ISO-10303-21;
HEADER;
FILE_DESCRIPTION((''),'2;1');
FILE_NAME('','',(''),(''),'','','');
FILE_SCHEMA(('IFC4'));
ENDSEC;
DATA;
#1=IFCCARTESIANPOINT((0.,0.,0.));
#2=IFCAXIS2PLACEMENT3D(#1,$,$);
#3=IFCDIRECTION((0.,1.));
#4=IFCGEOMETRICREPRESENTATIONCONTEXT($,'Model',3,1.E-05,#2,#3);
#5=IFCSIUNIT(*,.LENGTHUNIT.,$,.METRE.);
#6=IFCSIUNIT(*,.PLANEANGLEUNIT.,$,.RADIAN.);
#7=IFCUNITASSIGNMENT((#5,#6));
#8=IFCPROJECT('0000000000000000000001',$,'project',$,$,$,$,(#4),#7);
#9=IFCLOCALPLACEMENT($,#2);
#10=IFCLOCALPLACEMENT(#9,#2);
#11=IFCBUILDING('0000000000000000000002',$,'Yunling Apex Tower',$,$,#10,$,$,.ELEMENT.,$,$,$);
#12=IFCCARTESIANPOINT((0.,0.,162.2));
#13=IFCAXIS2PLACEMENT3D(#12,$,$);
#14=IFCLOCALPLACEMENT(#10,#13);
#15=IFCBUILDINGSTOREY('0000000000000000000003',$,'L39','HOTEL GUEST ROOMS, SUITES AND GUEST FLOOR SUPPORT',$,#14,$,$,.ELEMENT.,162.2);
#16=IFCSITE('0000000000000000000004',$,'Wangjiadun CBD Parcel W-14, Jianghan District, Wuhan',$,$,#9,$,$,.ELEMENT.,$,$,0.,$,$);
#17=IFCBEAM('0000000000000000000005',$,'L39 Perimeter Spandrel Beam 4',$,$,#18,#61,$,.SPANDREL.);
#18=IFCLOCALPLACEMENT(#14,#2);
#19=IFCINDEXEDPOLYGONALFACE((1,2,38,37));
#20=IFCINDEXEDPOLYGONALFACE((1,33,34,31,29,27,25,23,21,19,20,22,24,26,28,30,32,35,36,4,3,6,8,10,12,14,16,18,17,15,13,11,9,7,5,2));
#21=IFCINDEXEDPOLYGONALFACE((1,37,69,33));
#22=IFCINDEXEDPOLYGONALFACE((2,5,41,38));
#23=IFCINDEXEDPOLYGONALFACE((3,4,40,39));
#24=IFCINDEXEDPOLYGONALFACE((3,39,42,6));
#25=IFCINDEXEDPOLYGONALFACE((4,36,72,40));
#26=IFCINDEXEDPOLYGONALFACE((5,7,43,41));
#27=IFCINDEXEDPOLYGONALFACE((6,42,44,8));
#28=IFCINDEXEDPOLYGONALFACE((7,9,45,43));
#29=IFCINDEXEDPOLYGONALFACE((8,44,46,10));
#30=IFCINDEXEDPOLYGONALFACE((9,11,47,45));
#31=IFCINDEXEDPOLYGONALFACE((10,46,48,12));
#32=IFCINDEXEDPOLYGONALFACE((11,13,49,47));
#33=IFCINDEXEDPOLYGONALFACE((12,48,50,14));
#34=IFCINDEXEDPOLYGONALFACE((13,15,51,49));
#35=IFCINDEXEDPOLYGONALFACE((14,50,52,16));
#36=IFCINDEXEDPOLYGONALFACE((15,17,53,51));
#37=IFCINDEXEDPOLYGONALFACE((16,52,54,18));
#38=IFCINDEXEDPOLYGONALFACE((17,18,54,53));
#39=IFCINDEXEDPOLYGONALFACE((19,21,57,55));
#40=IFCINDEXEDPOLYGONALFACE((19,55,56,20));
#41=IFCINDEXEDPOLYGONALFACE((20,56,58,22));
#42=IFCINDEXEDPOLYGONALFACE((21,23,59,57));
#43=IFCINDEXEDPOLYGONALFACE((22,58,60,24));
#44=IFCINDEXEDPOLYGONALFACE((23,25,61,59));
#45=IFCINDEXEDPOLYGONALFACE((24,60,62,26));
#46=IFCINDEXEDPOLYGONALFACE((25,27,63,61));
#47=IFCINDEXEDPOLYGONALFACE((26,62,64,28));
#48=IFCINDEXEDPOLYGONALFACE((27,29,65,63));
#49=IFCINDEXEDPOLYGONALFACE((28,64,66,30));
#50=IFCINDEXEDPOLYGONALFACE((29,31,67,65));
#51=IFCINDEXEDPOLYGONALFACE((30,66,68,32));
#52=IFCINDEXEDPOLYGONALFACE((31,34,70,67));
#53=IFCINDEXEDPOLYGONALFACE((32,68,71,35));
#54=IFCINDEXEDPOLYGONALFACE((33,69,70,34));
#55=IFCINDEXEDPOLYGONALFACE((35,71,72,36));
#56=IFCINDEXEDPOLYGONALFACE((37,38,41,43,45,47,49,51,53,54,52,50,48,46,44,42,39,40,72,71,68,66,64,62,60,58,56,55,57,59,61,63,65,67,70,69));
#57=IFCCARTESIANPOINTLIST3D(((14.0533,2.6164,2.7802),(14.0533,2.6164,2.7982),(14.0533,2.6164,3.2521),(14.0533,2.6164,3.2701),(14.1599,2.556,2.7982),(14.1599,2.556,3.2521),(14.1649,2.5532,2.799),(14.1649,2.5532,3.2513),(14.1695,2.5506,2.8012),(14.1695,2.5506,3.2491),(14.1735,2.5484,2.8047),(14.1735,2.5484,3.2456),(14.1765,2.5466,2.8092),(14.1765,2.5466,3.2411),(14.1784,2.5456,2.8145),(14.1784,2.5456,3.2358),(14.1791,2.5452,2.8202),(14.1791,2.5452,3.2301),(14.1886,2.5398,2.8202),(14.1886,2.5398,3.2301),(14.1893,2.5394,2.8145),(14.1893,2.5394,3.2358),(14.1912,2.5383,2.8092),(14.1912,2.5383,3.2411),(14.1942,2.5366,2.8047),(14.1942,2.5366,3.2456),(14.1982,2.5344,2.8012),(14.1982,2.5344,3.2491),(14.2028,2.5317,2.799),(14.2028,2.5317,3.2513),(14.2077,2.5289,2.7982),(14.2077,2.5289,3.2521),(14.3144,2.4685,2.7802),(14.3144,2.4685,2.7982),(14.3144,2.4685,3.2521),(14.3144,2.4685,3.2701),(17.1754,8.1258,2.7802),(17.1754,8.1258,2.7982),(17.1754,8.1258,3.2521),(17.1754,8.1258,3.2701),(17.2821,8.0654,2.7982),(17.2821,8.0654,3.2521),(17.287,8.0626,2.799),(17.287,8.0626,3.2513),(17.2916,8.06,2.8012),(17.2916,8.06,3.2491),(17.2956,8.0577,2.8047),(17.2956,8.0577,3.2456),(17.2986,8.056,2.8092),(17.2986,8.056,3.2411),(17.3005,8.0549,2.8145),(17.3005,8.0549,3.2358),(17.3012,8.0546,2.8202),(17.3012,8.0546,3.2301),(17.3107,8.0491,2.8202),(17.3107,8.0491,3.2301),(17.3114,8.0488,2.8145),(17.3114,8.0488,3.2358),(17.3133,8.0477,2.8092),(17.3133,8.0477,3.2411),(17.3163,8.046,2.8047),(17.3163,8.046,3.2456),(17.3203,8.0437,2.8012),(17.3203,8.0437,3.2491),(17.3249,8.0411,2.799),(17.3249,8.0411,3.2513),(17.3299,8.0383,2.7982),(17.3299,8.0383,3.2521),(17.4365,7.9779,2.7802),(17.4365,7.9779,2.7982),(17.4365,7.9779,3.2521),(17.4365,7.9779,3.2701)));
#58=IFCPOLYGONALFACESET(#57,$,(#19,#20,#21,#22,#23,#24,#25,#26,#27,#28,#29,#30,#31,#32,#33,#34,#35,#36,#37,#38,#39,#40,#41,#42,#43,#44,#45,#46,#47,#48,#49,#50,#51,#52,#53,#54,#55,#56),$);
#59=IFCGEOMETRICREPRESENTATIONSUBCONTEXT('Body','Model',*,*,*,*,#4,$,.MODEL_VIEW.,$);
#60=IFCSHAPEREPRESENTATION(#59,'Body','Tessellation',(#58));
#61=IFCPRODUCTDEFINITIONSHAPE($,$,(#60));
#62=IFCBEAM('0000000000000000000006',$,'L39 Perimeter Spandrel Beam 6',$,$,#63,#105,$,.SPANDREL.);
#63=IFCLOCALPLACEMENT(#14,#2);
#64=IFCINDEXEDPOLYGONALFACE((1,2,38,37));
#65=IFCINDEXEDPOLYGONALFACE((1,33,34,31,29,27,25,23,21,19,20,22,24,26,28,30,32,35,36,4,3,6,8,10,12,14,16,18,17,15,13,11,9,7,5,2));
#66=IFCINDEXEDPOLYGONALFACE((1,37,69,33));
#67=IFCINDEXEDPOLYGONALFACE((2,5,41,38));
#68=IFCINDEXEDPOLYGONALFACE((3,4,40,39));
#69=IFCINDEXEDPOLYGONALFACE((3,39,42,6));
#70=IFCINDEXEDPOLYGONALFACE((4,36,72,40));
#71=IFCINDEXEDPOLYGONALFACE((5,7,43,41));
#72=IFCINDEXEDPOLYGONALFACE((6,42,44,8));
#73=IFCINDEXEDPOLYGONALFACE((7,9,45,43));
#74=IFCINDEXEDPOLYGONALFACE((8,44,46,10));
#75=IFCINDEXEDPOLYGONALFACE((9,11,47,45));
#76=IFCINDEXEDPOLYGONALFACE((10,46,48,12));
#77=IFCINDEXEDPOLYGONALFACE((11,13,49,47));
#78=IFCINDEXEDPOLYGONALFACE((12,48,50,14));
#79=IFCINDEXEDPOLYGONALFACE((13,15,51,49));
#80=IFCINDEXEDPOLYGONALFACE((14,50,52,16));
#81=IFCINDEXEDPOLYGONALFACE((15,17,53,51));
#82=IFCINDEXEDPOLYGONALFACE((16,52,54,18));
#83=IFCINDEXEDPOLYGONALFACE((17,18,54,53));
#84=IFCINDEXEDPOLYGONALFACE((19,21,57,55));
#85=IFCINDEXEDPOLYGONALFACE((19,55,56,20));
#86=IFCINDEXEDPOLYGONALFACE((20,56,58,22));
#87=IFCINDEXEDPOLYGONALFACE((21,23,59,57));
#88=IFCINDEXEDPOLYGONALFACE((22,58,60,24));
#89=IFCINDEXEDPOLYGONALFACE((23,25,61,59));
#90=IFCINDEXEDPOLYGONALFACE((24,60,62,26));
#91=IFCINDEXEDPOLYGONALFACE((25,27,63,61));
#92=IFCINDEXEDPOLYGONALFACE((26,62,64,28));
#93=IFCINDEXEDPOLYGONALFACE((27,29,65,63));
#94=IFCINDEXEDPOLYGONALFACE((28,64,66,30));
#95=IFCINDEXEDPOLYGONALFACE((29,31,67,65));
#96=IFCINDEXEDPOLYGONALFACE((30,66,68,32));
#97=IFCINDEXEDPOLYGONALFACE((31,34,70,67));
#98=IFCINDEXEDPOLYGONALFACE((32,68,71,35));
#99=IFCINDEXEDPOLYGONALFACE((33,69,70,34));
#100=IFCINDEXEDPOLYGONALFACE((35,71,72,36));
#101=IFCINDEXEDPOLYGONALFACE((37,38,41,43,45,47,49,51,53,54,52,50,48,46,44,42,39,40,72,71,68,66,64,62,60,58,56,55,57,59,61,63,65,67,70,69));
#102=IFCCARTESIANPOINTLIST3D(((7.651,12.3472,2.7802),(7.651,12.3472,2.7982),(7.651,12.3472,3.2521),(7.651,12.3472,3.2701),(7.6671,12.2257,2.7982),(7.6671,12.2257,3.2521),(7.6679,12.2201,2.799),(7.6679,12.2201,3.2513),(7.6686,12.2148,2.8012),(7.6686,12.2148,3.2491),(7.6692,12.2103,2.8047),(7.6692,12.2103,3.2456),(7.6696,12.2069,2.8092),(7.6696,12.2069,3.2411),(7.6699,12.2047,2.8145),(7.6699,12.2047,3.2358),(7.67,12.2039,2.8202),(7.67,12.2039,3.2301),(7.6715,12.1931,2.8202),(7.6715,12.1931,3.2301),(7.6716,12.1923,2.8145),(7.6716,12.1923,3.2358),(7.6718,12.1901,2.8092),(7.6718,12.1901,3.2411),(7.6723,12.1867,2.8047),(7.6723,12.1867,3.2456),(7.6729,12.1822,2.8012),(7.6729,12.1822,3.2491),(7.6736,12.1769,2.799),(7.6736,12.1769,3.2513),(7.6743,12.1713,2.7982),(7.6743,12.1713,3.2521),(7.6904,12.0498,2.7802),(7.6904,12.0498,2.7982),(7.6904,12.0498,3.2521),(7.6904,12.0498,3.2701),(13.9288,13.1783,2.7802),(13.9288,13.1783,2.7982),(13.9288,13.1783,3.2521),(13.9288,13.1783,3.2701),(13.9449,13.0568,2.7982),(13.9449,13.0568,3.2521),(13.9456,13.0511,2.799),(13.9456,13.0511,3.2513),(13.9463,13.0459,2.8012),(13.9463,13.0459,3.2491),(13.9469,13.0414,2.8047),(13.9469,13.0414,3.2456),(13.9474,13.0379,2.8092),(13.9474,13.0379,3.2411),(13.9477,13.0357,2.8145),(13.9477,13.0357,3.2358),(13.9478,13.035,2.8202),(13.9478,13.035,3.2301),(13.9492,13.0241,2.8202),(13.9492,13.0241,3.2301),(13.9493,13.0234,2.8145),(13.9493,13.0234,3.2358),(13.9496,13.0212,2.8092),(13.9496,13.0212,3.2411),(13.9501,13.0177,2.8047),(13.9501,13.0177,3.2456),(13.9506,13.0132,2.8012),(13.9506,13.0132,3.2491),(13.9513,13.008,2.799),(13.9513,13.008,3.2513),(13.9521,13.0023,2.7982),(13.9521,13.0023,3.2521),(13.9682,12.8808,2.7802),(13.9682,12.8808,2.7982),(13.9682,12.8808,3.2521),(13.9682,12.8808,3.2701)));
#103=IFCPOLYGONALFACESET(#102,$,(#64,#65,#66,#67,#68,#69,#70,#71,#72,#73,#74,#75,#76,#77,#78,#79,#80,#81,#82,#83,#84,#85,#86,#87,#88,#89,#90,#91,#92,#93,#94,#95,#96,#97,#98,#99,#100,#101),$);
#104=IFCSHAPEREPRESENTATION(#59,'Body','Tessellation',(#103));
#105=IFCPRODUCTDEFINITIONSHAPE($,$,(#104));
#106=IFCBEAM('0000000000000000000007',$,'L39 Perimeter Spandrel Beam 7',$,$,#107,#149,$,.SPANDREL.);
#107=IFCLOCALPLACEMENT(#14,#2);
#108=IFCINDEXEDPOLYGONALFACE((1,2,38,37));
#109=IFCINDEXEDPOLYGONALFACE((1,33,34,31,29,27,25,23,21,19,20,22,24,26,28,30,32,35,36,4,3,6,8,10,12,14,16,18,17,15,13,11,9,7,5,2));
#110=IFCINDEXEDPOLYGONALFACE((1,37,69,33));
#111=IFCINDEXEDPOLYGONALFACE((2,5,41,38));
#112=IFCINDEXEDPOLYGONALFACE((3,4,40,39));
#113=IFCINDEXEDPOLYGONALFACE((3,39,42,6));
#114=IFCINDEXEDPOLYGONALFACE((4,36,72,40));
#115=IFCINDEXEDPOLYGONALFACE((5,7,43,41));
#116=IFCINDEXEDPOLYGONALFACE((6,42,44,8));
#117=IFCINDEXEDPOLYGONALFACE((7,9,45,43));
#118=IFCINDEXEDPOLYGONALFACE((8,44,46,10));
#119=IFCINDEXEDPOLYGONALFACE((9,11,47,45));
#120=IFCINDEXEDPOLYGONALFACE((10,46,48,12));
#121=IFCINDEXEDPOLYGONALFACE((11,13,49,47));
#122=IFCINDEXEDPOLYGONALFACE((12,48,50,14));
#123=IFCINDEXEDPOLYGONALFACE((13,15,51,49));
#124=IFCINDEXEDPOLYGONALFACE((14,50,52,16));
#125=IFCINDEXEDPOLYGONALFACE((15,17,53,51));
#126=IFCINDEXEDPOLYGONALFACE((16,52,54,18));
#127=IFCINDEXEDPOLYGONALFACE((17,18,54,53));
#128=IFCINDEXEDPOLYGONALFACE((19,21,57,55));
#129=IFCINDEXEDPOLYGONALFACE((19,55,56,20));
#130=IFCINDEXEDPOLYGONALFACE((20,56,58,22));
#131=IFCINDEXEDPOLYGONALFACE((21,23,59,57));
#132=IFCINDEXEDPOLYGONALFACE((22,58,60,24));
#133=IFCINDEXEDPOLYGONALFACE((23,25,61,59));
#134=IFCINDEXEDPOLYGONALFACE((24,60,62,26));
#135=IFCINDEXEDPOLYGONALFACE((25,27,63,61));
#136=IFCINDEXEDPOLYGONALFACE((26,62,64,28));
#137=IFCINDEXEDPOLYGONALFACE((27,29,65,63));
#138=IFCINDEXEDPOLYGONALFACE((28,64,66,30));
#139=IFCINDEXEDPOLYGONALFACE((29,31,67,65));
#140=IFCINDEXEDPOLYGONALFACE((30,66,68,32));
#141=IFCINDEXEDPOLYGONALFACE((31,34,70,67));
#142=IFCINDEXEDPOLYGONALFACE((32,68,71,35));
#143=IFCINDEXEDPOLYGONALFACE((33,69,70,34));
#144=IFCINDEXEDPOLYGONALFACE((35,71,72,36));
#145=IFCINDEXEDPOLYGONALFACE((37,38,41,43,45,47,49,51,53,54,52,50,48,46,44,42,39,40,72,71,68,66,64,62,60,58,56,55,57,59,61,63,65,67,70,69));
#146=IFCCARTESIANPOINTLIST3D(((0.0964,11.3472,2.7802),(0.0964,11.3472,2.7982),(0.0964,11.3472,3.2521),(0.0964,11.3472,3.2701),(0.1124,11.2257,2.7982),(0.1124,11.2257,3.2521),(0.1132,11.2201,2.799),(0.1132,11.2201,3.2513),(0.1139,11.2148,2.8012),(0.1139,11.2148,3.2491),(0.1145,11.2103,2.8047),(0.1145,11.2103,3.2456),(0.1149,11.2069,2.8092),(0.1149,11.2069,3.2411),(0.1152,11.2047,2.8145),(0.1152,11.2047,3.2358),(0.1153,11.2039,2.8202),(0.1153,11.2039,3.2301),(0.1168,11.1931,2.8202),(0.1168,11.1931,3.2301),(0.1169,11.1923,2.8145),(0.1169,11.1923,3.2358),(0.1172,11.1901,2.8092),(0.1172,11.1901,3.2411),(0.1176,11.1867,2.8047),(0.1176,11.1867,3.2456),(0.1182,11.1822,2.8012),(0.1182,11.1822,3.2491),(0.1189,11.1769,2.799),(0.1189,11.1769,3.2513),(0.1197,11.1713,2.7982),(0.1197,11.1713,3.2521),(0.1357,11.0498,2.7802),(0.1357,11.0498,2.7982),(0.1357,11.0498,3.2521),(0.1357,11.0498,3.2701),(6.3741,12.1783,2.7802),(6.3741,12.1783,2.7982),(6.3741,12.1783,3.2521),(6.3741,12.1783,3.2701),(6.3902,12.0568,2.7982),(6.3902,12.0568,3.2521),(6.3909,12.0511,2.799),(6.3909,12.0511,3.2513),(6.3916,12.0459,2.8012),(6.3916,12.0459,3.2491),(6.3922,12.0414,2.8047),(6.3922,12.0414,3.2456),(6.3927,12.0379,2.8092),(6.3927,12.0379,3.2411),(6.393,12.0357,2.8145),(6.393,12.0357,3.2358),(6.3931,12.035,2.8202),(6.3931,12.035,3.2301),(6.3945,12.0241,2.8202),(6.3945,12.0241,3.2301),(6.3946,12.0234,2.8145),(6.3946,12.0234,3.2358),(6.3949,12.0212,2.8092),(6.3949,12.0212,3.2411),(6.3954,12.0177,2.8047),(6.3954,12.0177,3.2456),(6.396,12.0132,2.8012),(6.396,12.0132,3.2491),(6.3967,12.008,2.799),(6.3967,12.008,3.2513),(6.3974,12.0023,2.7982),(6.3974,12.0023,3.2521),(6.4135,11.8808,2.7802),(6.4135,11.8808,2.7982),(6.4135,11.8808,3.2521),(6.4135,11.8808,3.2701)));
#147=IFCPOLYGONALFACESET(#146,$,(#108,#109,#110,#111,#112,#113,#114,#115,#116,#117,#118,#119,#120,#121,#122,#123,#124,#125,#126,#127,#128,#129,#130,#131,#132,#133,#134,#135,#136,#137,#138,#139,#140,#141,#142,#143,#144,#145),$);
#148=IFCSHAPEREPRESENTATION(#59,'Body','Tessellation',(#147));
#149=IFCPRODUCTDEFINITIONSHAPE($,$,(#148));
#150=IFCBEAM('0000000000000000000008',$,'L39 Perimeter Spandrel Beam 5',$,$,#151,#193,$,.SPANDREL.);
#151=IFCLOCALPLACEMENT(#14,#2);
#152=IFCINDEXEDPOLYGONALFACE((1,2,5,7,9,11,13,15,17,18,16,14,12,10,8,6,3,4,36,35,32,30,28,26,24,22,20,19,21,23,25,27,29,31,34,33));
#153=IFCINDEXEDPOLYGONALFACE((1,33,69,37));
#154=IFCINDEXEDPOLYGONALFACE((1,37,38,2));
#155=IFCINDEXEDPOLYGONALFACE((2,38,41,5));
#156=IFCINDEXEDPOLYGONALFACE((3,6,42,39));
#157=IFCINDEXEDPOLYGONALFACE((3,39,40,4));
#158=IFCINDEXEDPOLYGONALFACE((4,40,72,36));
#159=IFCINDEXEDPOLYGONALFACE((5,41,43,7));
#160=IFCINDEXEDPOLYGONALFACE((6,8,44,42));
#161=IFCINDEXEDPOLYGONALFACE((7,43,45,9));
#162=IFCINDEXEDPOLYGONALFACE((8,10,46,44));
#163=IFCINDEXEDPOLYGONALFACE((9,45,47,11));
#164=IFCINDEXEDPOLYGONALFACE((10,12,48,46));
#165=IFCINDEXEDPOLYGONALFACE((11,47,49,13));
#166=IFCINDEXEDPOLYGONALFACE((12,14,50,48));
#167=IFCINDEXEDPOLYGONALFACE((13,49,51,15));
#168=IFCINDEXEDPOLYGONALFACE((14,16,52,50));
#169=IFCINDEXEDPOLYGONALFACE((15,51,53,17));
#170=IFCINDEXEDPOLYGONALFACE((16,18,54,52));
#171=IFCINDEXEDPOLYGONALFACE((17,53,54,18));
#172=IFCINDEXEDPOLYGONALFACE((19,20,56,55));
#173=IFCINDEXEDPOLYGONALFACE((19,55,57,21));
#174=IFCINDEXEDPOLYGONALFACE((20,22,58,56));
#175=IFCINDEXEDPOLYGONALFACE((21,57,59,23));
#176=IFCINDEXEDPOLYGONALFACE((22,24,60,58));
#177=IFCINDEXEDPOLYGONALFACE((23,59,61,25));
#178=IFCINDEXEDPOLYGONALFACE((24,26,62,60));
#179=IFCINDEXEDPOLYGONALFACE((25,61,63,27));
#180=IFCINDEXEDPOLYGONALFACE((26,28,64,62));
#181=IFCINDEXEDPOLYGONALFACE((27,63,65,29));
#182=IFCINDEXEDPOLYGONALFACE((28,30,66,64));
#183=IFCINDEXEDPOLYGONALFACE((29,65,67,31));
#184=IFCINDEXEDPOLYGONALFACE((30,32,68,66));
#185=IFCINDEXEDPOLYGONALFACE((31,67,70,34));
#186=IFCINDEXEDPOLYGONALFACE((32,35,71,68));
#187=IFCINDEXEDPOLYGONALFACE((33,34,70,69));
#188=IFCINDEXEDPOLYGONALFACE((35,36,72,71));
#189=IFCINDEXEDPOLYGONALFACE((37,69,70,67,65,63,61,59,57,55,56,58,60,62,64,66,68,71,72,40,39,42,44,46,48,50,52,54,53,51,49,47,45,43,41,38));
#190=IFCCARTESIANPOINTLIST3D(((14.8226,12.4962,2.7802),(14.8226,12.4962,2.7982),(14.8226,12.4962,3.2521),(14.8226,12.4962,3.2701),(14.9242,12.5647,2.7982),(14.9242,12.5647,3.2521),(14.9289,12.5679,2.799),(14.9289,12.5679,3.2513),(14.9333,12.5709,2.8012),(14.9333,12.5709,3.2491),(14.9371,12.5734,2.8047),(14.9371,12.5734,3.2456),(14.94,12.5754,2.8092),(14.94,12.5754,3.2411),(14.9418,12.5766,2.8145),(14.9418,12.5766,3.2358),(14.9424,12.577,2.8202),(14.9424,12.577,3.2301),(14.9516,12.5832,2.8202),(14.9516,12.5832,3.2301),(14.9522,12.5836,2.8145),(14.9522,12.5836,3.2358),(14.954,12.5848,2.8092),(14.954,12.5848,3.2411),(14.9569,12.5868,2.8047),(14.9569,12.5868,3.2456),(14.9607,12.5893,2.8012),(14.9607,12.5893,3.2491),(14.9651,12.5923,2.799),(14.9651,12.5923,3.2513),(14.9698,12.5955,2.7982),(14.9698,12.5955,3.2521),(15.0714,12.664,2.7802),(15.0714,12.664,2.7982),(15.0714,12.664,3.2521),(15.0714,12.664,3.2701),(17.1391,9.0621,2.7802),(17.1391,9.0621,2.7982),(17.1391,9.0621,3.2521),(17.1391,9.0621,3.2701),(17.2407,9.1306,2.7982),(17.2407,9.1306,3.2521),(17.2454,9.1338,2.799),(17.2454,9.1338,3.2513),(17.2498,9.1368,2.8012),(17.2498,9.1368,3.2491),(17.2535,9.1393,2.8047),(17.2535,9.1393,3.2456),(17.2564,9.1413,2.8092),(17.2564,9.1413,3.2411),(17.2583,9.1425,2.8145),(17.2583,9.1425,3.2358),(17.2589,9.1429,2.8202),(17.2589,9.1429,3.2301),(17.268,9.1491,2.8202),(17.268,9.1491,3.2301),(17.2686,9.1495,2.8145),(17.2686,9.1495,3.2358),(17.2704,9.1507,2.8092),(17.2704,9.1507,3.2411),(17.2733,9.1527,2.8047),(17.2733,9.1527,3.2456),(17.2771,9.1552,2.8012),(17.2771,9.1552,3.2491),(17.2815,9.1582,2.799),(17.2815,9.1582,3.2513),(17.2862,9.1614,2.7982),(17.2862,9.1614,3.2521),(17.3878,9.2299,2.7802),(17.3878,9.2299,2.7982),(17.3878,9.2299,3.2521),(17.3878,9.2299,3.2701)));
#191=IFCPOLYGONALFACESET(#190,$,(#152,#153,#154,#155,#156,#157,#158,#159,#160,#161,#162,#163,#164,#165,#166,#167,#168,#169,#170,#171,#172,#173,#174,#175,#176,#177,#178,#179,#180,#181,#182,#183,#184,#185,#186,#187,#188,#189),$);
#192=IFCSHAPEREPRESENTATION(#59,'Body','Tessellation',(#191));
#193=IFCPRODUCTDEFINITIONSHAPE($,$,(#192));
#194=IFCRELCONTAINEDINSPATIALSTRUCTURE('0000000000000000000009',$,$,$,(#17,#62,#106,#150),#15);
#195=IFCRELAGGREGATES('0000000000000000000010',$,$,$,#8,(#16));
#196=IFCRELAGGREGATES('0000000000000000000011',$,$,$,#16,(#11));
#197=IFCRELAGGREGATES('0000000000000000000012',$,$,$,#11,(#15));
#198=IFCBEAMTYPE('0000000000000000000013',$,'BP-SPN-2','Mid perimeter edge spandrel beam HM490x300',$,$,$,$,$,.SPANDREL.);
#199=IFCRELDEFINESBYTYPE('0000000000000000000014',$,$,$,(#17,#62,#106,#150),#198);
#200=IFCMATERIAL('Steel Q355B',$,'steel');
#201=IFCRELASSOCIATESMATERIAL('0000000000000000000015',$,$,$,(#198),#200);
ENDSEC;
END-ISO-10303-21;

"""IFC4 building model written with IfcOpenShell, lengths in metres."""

from ifc_helpers import new_model, si_unit, direction, frame, origin, origin_2d, place, context, subcontext, project, spatial, i_section, extrude, source, transform, mapped, material, material_profile, profile_set, type_object, element, save


model = new_model("IFC4")

# Units and contexts
model_context = context("Model", 3, precision=1e-05, world=origin(), true_north=direction((0.0, 1.0)))
body_context = subcontext(model_context, "Body", "Model", "MODEL_VIEW")
ifc_project = project(units=[si_unit("LENGTHUNIT", "METRE"), si_unit("PLANEANGLEUNIT", "RADIAN")], contexts=[model_context])

# Site, building, storey
site_placement = place(None, origin())
site = spatial("IfcSite", under=ifc_project, at=site_placement, Name="Wangjiadun CBD Parcel W-14, Jianghan District, Wuhan", CompositionType="ELEMENT", RefElevation=0.0)
building_placement = place(site_placement, origin())
building = spatial("IfcBuilding", under=site, at=building_placement, Name="Yunling Apex Tower", CompositionType="ELEMENT")
storey_placement = place(building_placement, frame((0.0, 0.0, 162.2)))
storey = spatial("IfcBuildingStorey", under=building, at=storey_placement, Name="L39", Description="HOTEL GUEST ROOMS, SUITES AND GUEST FLOOR SUPPORT", CompositionType="ELEMENT", Elevation=162.2)

# Beams
ifc_material_1 = material(Name="Steel Q355B", Category="steel")
ifc_material_profile_1 = material_profile(ifc_material_1, i_section(OverallWidth=0.3, OverallDepth=0.49, WebThickness=0.011, FlangeThickness=0.0181, FilletRadius=0.022, at=origin_2d()))
ifc_profile_set_1 = profile_set([ifc_material_profile_1], Name="Steel Q355B")
beam_type_1 = type_object("IfcBeamType", Name="BP-SPN-2", Description="Mid perimeter edge spandrel beam HM490x300", PredefinedType="SPANDREL", material=ifc_profile_set_1)
shared_shape_1 = source(origin(), body_context, "Body", "SweptSolid", [
    extrude(i_section(OverallWidth=0.3, OverallDepth=0.49, WebThickness=0.011, FlangeThickness=0.0181, FilletRadius=0.022, at=origin_2d()), origin(), (0.0, 0.0, 1.0), 6.3325),
])
for number, where, z_axis, x_axis, name in (
    (1, (14.1838, 2.5425, 3.0251), (0.49303, 0.870012, 0.0), (-0.870012, 0.49303, 0.0), "L39 Perimeter Spandrel Beam 4"),
    (2, (13.9485, 13.0295, 3.0251), (-0.991351, -0.131234, 0.0), (0.131234, -0.991351, 0.0), "L39 Perimeter Spandrel Beam 6"),
    (3, (6.3938, 12.0295, 3.0251), (-0.991351, -0.131234, 0.0), (0.131234, -0.991351, 0.0), "L39 Perimeter Spandrel Beam 7"),
):
    element("IfcBeam", number, at=place(storey_placement, frame(where, z_axis=z_axis, x_axis=x_axis)), inside=storey, type_object=beam_type_1, Name=name, PredefinedType="SPANDREL", context=body_context, shape_type="MappedRepresentation", body=[
        mapped(shared_shape_1, transform((0.0, 0.0, 0.0), scale=1.0)),
    ])
shared_shape_2 = source(origin(), body_context, "Body", "SweptSolid", [
    extrude(i_section(OverallWidth=0.3, OverallDepth=0.49, WebThickness=0.011, FlangeThickness=0.0181, FilletRadius=0.022, at=origin_2d()), origin(), (0.0, 0.0, 1.0), 4.1423),
])
beam_1_placement = place(storey_placement, frame((17.2634, 9.146, 3.0251), z_axis=(-0.559208, 0.829028, 0.0), x_axis=(-0.829028, -0.559208, 0.0)))
element("IfcBeam", 4, at=beam_1_placement, inside=storey, type_object=beam_type_1, Name="L39 Perimeter Spandrel Beam 5", PredefinedType="SPANDREL", context=body_context, shape_type="MappedRepresentation", body=[
    mapped(shared_shape_2, transform((0.0, 0.0, 0.0), scale=1.0)),
])

save(model, "model.ifc")
